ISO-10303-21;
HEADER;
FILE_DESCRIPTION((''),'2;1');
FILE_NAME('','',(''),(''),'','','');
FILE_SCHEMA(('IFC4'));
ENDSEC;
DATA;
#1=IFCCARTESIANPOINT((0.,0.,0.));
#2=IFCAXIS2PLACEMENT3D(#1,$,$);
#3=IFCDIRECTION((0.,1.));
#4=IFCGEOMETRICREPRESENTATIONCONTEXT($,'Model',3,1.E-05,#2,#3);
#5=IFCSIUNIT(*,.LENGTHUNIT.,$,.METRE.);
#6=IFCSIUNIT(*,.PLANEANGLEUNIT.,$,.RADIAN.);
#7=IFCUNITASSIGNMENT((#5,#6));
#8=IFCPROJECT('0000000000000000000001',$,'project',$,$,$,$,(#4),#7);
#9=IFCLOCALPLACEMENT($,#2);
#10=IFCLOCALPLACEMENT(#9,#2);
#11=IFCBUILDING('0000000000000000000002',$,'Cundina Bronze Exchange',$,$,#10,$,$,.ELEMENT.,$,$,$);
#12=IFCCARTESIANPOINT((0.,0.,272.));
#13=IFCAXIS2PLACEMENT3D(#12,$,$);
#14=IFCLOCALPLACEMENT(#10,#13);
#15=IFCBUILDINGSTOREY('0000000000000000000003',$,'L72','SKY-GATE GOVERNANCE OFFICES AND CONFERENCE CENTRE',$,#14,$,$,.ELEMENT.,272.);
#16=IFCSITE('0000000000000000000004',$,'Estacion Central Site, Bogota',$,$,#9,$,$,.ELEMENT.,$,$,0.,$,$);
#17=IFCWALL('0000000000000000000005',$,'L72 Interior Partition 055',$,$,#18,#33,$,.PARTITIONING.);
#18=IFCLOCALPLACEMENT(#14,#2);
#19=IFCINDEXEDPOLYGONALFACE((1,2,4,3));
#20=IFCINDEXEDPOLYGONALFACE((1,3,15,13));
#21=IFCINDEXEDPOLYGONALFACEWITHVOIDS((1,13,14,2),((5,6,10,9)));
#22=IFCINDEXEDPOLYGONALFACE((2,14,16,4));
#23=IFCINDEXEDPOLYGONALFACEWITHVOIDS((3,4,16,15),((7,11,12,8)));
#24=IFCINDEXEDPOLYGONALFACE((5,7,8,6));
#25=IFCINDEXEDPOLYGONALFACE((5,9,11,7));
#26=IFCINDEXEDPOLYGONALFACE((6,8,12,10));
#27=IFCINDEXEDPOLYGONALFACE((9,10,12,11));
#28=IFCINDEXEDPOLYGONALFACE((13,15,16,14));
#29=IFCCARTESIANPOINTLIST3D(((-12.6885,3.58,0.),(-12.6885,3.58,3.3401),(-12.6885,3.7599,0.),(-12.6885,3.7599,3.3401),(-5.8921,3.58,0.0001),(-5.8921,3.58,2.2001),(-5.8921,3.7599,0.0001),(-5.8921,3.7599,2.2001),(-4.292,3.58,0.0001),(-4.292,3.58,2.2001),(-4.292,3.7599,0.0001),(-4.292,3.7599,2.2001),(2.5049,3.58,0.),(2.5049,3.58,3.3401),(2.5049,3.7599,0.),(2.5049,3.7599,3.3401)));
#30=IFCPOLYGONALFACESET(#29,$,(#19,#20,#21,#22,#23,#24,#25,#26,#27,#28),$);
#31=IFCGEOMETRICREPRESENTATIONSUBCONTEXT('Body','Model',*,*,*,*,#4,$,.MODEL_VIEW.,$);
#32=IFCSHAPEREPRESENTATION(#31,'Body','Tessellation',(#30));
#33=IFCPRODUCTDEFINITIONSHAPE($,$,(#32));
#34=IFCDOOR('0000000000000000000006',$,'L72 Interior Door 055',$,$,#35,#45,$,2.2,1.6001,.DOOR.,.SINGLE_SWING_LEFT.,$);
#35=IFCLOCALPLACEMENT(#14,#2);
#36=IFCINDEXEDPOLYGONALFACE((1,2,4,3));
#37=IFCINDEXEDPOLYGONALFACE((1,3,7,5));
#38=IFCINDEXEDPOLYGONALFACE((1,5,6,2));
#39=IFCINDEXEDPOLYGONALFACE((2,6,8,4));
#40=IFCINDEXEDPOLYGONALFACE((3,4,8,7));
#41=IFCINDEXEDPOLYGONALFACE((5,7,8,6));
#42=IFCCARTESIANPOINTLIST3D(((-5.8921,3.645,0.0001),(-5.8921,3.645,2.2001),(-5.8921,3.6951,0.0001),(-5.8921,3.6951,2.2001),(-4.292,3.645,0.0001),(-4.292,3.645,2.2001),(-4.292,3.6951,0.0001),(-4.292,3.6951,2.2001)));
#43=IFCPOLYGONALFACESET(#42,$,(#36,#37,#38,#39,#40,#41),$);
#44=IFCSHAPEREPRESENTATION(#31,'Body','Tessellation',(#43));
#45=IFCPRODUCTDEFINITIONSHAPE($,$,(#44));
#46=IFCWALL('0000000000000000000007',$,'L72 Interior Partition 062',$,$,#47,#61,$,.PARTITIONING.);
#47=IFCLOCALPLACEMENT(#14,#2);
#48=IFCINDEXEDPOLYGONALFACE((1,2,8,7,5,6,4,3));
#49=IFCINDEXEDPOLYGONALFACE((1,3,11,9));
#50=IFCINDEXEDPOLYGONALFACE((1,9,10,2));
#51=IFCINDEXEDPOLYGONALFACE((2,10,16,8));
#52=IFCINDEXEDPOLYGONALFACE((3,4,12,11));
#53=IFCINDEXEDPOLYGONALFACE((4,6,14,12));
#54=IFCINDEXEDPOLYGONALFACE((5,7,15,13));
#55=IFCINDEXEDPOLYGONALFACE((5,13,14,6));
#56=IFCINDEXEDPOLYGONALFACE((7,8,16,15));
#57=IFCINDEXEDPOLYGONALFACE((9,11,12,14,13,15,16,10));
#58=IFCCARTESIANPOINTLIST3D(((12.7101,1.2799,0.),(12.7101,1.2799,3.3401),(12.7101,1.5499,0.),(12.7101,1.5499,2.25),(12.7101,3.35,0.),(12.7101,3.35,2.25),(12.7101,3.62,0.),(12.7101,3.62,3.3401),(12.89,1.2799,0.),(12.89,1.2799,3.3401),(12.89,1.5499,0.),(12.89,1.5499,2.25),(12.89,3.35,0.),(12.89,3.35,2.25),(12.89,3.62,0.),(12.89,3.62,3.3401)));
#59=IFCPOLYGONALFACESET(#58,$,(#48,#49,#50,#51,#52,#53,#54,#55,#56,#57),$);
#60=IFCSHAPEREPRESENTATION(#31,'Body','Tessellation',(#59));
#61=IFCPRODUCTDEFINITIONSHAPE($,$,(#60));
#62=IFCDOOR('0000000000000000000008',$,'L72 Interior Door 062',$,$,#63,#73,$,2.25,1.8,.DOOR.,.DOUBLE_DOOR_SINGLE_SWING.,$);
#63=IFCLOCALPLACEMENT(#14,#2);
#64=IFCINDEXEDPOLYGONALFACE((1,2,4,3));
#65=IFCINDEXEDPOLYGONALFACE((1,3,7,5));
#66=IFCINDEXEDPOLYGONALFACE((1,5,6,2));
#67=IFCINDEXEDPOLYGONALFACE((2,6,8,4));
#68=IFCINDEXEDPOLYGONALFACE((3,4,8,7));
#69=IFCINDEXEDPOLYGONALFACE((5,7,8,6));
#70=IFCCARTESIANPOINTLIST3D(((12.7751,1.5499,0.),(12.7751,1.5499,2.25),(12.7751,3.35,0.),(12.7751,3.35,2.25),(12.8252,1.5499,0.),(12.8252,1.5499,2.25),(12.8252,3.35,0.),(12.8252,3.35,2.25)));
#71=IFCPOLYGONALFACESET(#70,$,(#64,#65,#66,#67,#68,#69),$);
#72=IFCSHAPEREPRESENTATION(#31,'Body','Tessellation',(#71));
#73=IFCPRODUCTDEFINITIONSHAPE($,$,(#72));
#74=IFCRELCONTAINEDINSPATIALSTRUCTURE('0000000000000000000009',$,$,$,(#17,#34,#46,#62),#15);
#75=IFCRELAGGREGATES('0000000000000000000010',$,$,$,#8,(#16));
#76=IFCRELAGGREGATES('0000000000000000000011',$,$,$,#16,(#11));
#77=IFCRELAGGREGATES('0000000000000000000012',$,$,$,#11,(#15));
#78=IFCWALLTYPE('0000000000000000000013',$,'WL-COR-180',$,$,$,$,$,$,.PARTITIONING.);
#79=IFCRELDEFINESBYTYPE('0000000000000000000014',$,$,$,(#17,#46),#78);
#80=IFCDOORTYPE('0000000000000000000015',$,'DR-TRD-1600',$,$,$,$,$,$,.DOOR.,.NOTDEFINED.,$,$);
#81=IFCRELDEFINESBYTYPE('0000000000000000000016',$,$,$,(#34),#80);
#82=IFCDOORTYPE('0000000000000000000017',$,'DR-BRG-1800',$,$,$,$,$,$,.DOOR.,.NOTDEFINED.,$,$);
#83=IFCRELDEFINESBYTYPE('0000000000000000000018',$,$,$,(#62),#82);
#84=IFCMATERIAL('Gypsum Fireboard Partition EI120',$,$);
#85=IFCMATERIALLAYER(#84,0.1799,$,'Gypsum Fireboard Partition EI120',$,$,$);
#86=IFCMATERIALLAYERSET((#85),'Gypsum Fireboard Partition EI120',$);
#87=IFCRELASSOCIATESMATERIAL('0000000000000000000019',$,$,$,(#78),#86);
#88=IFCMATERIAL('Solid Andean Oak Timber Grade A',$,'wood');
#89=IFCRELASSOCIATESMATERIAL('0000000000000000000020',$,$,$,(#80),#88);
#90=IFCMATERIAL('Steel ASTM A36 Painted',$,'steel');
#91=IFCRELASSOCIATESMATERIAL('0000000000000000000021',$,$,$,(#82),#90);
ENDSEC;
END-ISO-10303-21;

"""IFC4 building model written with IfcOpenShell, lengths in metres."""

from ifc_helpers import new_model, si_unit, direction, frame, frame_2d, origin, place, context, subcontext, project, spatial, rectangle, extrude, material, layer, layer_set, type_object, element, fill, save


model = new_model("IFC4")

# Units and contexts
model_context = context("Model", 3, precision=1e-05, world=origin(), true_north=direction((0.0, 1.0)))
body_context = subcontext(model_context, "Body", "Model", "MODEL_VIEW")
ifc_project = project(units=[si_unit("LENGTHUNIT", "METRE"), si_unit("PLANEANGLEUNIT", "RADIAN")], contexts=[model_context])

# Site, building, storey
site_placement = place(None, origin())
site = spatial("IfcSite", under=ifc_project, at=site_placement, Name="Estacion Central Site, Bogota", CompositionType="ELEMENT", RefElevation=0.0)
building_placement = place(site_placement, origin())
building = spatial("IfcBuilding", under=site, at=building_placement, Name="Cundina Bronze Exchange", CompositionType="ELEMENT")
storey_placement = place(building_placement, frame((0.0, 0.0, 272.0)))
storey = spatial("IfcBuildingStorey", under=building, at=storey_placement, Name="L72", Description="SKY-GATE GOVERNANCE OFFICES AND CONFERENCE CENTRE", CompositionType="ELEMENT", Elevation=272.0)

# Shared definitions
ifc_material_1 = material(Name="Gypsum Fireboard Partition EI120")
ifc_layer_1 = layer(ifc_material_1, 0.1799, Name="Gypsum Fireboard Partition EI120")
ifc_layer_set_1 = layer_set([ifc_layer_1], Name="Gypsum Fireboard Partition EI120")
wall_type = type_object("IfcWallType", Name="WL-COR-180", PredefinedType="PARTITIONING", material=ifc_layer_set_1)

# Walls, openings, doors
ifc_material_2 = material(Name="Solid Andean Oak Timber Grade A", Category="wood")
door_type_1 = type_object("IfcDoorType", Name="DR-TRD-1600", OperationType="NOTDEFINED", PredefinedType="DOOR", material=ifc_material_2)
wall_1_placement = place(storey_placement, frame((2.5049, 3.6699, 0.0), z_axis=(0.0, 0.0, 1.0), x_axis=(-1.0, 0.0, 0.0)))
wall_1 = element("IfcWall", 1, at=wall_1_placement, inside=storey, type_object=wall_type, Name="L72 Interior Partition 055", PredefinedType="PARTITIONING", context=body_context, shape_type="SweptSolid", body=[
    extrude(rectangle(XDim=15.1934, YDim=0.1799, at=frame_2d((7.5967, 0.0))), origin(), (0.0, 0.0, 1.0), 3.3401),
])
opening_1_placement = place(wall_1_placement, frame((6.7969, 0.0, 0.0)))
opening_1 = element("IfcOpeningElement", 2, at=opening_1_placement, cuts=wall_1, PredefinedType="OPENING", context=body_context, shape_type="SweptSolid", body=[
    extrude(rectangle(XDim=1.6001, YDim=2.2, at=frame_2d((0.8, 1.1001))), frame((0.0, 0.0999, 0.0), z_axis=(0.0, -1.0, 0.0), x_axis=(1.0, 0.0, 0.0)), (0.0, 0.0, 1.0), 0.2),
])
door_1_placement = place(opening_1_placement, origin())
door_1 = element("IfcDoor", 3, at=door_1_placement, inside=storey, type_object=door_type_1, Name="L72 Interior Door 055", OperationType="SINGLE_SWING_LEFT", OverallHeight=2.2, OverallWidth=1.6001, PredefinedType="DOOR", context=body_context, shape_type="SweptSolid", body=[
    extrude(rectangle(XDim=1.6001, YDim=2.2, at=frame_2d((0.8, 1.1001))), frame((0.0, 0.0249, 0.0), z_axis=(0.0, -1.0, 0.0), x_axis=(1.0, 0.0, 0.0)), (0.0, 0.0, 1.0), 0.05),
])
fill(opening_1, door_1)
wall_2_placement = place(storey_placement, frame((12.8, 1.28, 0.0), z_axis=(0.0, 0.0, 1.0), x_axis=(0.0, 1.0, 0.0)))
wall_2 = element("IfcWall", 4, at=wall_2_placement, inside=storey, type_object=wall_type, Name="L72 Interior Partition 062", PredefinedType="PARTITIONING", context=body_context, shape_type="SweptSolid", body=[
    extrude(rectangle(XDim=2.3401, YDim=0.1799, at=frame_2d((1.1699, 0.0))), origin(), (0.0, 0.0, 1.0), 3.3401),
])
opening_2_placement = place(wall_2_placement, frame((0.27, 0.0, 0.0)))
opening_2 = element("IfcOpeningElement", 5, at=opening_2_placement, cuts=wall_2, PredefinedType="OPENING", context=body_context, shape_type="SweptSolid", body=[
    extrude(rectangle(XDim=1.8, YDim=2.25, at=frame_2d((0.8999, 1.125))), frame((0.0, 0.0999, 0.0), z_axis=(0.0, -1.0, 0.0), x_axis=(1.0, 0.0, 0.0)), (0.0, 0.0, 1.0), 0.2),
])
ifc_material_3 = material(Name="Steel ASTM A36 Painted", Category="steel")
door_type_2 = type_object("IfcDoorType", Name="DR-BRG-1800", OperationType="NOTDEFINED", PredefinedType="DOOR", material=ifc_material_3)
door_2_placement = place(opening_2_placement, origin())
door_2 = element("IfcDoor", 6, at=door_2_placement, inside=storey, type_object=door_type_2, Name="L72 Interior Door 062", OperationType="DOUBLE_DOOR_SINGLE_SWING", OverallHeight=2.25, OverallWidth=1.8, PredefinedType="DOOR", context=body_context, shape_type="SweptSolid", body=[
    extrude(rectangle(XDim=1.8, YDim=2.25, at=frame_2d((0.8999, 1.125))), frame((0.0, 0.0249, 0.0), z_axis=(0.0, -1.0, 0.0), x_axis=(1.0, 0.0, 0.0)), (0.0, 0.0, 1.0), 0.05),
])
fill(opening_2, door_2)

save(model, "model.ifc")
